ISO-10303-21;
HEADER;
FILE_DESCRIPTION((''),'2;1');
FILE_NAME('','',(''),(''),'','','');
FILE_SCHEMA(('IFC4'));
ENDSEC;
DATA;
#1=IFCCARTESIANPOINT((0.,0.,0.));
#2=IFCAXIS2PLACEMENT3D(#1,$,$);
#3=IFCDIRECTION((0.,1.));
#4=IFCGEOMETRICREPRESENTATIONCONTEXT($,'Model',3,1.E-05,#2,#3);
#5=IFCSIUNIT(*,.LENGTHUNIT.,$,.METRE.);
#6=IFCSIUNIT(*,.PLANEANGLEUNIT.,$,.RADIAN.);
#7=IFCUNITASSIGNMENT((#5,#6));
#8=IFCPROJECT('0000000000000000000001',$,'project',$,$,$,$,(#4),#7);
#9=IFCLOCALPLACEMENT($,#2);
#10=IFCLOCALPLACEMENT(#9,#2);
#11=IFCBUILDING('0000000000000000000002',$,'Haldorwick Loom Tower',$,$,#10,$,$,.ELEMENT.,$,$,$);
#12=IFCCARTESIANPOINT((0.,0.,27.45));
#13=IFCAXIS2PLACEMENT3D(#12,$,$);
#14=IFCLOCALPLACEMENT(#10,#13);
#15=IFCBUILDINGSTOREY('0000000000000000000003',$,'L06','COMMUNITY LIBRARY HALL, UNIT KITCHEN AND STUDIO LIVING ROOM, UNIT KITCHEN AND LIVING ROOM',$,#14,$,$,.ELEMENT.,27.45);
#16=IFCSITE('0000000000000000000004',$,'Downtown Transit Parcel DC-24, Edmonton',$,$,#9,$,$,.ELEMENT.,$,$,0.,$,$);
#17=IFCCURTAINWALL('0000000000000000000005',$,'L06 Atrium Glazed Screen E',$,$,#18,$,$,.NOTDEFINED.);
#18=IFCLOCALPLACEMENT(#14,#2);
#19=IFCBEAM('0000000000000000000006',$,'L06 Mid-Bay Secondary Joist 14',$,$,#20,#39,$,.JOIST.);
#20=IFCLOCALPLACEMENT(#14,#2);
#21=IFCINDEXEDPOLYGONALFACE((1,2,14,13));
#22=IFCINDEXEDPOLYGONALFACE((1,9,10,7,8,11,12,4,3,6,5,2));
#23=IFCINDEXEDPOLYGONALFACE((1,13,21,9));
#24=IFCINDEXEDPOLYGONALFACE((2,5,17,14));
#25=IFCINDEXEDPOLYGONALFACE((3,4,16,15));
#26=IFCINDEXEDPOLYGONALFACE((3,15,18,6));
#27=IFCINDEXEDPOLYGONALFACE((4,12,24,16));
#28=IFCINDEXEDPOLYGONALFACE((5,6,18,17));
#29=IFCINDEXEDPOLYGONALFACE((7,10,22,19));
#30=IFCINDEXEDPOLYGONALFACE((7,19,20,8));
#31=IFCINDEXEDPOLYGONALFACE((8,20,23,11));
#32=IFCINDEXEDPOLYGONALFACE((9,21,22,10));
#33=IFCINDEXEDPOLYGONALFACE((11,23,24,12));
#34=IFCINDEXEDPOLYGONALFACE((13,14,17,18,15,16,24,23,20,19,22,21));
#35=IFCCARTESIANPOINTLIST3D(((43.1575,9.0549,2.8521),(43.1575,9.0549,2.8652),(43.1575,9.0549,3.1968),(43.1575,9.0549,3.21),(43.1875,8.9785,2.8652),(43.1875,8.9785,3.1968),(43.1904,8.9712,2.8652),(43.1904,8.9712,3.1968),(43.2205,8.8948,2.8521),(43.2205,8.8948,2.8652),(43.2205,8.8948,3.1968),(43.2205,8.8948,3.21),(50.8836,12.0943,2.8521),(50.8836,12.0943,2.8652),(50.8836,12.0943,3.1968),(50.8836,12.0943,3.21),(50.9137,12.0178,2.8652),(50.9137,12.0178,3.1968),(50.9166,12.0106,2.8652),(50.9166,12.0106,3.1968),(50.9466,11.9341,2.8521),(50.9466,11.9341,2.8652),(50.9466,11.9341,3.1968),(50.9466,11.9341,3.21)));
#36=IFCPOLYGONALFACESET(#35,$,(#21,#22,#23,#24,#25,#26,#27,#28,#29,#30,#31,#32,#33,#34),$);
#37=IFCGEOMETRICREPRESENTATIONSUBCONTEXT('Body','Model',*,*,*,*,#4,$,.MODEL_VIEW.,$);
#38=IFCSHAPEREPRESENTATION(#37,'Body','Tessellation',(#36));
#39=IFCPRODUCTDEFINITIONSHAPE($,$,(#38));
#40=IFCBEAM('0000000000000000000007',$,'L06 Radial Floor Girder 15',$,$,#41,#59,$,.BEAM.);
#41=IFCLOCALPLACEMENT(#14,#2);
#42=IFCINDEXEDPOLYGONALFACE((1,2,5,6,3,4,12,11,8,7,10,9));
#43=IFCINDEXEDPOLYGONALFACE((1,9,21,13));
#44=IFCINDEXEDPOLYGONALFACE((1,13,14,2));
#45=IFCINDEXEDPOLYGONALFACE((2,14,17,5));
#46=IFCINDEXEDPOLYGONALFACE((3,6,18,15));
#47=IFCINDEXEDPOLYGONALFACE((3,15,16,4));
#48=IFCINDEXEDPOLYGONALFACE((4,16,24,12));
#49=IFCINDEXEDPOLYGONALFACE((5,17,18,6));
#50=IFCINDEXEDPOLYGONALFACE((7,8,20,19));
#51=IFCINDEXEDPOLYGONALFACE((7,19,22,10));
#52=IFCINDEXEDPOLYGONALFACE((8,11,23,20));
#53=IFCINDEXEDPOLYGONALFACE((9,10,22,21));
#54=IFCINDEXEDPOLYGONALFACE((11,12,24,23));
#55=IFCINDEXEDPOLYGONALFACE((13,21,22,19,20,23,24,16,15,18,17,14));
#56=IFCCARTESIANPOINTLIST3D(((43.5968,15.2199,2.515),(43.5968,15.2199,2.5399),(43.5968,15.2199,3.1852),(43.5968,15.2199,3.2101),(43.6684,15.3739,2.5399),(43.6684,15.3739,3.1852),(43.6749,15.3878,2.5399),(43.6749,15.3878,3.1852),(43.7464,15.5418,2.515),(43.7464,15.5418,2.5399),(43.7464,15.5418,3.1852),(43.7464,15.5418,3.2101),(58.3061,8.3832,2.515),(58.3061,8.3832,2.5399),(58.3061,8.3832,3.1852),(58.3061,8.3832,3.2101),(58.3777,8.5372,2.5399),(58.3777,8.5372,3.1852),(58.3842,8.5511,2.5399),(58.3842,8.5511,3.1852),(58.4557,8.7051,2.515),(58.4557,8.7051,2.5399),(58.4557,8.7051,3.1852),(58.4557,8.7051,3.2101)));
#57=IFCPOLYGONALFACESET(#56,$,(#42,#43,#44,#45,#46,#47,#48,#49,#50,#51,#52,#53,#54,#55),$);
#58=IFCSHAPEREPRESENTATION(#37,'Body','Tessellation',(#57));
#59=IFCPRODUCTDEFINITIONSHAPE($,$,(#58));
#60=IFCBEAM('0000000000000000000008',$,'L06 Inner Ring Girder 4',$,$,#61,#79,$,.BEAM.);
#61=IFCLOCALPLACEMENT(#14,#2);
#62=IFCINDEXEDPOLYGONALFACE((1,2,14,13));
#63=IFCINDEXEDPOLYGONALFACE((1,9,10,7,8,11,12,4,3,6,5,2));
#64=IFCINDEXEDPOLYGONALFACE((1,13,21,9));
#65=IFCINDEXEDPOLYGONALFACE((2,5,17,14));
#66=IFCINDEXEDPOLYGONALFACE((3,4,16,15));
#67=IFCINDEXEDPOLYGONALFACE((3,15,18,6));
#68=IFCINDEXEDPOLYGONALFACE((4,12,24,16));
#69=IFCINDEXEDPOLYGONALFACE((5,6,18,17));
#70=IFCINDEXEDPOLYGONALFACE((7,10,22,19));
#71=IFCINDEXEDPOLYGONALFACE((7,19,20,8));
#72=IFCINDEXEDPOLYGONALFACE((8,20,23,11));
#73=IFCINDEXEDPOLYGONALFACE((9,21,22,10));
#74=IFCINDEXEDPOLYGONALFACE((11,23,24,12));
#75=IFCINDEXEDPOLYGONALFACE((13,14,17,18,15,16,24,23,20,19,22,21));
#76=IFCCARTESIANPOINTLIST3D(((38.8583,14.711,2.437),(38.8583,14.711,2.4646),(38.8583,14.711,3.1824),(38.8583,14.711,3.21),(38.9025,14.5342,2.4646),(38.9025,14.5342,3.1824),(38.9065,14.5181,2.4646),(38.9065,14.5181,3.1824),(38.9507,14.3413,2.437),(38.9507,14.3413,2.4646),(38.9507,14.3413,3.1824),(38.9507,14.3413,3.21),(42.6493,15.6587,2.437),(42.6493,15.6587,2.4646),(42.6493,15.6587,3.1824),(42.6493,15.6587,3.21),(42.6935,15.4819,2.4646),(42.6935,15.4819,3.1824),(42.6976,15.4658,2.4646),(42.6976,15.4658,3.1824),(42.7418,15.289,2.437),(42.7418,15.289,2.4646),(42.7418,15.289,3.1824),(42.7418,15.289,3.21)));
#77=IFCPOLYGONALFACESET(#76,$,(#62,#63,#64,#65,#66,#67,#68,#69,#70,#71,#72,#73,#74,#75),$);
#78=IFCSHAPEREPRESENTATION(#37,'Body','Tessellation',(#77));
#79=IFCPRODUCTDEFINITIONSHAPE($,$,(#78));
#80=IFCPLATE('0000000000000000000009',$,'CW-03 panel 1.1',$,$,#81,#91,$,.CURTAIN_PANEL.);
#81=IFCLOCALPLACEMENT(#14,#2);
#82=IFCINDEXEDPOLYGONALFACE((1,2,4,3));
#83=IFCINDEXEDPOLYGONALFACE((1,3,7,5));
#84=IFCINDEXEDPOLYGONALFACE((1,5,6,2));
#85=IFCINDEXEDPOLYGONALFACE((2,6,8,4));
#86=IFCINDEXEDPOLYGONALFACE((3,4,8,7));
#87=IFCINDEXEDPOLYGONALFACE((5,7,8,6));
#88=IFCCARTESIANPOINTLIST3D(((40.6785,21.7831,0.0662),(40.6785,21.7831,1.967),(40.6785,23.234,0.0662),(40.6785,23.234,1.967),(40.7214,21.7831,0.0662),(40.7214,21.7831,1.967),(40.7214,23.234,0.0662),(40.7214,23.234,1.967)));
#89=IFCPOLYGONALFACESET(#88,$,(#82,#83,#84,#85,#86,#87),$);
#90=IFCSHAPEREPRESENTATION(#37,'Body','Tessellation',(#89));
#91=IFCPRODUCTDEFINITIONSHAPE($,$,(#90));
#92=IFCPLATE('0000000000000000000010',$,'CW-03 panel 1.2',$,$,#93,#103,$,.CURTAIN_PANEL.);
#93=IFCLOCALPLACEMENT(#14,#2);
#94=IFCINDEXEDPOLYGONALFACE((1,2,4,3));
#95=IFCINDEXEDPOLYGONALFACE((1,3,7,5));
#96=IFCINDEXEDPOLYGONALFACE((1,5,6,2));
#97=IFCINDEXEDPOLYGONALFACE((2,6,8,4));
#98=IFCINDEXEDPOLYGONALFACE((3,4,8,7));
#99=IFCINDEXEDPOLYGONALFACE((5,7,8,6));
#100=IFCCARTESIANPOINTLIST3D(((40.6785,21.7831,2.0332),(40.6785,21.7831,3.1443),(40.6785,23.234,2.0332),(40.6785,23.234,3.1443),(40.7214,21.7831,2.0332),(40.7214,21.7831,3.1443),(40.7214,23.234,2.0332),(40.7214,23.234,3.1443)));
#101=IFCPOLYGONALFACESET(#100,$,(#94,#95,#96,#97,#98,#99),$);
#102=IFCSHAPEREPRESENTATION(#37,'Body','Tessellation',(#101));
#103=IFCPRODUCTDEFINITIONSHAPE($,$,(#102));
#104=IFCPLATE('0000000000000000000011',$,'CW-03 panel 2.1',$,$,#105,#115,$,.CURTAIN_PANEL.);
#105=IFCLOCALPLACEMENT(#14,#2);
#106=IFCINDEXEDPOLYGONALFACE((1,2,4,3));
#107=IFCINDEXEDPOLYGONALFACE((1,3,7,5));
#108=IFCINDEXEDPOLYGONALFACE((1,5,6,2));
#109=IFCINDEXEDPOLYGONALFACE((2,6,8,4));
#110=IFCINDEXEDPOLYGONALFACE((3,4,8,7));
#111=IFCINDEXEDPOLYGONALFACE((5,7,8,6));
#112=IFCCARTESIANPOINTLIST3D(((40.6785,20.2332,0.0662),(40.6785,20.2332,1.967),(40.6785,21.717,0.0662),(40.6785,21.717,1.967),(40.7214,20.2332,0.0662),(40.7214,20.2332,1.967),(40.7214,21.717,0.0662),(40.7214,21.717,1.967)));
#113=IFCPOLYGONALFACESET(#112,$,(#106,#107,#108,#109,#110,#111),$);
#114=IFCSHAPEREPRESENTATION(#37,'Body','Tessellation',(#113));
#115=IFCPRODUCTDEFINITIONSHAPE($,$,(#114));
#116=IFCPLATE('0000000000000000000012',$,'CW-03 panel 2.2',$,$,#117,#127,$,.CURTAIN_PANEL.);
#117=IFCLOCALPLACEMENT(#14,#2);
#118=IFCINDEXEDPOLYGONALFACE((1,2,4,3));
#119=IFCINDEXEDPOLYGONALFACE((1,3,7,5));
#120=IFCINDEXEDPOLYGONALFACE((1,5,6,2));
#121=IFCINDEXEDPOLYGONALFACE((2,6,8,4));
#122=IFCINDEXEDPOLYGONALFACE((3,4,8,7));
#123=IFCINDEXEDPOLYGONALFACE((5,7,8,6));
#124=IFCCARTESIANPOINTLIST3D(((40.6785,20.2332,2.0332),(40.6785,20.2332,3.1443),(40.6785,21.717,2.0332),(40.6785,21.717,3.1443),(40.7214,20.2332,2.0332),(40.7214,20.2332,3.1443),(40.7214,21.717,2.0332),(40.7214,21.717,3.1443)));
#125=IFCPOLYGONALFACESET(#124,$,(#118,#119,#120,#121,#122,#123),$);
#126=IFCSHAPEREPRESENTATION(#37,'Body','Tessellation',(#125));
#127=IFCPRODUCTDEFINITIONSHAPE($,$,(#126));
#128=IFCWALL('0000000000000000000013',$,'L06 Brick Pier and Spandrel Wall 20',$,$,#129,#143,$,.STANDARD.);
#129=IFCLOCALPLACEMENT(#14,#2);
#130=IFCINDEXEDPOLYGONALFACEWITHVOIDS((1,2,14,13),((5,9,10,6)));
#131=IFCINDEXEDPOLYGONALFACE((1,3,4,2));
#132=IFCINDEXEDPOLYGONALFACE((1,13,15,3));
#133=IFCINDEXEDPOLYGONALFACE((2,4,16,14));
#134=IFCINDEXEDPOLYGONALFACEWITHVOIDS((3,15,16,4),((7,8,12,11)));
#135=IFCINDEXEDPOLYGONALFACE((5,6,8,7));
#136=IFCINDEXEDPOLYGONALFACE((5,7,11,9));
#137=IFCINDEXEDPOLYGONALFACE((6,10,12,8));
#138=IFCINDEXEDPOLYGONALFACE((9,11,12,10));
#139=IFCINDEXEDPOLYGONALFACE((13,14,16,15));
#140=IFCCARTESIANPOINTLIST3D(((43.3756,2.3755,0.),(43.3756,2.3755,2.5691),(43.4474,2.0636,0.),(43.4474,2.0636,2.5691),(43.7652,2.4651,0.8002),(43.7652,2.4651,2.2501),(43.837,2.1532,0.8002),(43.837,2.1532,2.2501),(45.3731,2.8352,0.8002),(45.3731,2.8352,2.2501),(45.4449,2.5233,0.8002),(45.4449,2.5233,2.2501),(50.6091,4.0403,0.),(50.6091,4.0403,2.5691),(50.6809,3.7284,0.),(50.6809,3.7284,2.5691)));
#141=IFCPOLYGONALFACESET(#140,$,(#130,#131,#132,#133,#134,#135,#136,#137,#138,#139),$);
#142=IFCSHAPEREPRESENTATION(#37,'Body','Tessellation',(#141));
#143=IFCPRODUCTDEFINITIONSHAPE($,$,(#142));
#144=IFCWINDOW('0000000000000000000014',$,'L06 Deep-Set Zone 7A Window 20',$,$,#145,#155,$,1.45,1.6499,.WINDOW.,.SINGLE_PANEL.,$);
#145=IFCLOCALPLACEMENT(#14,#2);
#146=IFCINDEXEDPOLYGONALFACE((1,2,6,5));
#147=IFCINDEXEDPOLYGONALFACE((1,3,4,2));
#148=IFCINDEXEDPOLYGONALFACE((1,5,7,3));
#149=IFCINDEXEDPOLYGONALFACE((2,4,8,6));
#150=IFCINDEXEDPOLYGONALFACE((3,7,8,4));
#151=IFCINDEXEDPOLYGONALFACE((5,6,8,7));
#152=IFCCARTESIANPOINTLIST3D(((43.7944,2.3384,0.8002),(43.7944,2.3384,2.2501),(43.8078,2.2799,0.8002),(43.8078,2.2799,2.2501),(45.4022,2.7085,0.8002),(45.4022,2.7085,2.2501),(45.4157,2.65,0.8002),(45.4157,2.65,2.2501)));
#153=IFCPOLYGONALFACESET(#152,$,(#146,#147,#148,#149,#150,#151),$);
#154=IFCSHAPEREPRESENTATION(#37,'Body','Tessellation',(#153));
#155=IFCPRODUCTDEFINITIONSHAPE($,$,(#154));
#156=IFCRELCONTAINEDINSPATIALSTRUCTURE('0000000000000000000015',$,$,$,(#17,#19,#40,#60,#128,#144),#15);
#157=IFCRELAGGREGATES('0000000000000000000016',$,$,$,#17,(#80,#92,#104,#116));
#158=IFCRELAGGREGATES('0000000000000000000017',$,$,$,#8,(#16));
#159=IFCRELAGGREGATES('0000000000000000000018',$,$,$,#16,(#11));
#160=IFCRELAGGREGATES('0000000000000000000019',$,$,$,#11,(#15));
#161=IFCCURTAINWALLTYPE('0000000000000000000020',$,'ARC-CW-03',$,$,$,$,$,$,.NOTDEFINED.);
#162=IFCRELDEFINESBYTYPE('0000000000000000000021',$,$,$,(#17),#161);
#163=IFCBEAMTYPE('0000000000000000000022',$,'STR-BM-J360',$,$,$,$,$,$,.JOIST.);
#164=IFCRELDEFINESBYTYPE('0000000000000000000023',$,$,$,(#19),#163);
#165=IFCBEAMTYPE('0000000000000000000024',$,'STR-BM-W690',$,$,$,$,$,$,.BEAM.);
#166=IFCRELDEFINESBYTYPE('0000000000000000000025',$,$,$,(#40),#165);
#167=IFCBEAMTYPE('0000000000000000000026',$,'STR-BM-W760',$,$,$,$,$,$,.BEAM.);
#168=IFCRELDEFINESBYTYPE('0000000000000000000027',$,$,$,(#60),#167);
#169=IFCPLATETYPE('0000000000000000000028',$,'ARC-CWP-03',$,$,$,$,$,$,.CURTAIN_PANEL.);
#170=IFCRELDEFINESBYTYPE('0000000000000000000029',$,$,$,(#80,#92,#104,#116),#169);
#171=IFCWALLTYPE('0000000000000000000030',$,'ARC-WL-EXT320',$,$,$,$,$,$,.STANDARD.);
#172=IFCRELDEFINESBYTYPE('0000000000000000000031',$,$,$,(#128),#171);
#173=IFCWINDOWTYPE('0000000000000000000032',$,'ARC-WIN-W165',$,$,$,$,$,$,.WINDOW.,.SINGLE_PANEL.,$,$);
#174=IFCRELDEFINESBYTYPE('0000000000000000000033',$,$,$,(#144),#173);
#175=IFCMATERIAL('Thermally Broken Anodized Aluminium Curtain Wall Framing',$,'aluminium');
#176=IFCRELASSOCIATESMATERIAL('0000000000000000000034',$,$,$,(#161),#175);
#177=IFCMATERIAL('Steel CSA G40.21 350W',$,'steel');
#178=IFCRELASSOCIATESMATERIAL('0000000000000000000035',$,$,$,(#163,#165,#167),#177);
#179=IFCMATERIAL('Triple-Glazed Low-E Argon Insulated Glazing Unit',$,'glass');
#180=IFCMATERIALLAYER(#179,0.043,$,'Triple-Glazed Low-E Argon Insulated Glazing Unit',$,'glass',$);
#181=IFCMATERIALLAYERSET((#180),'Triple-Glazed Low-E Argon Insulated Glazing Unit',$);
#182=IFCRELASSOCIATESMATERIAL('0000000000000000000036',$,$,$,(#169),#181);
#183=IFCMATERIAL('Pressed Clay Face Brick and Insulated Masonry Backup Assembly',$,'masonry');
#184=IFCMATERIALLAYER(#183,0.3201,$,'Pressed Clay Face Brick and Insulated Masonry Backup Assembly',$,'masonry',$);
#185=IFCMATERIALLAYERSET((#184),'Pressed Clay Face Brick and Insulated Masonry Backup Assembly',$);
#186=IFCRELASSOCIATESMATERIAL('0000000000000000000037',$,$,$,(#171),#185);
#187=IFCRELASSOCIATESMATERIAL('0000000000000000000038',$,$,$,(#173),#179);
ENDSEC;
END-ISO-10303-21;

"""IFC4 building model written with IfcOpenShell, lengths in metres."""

from ifc_helpers import new_model, si_unit, direction, frame, frame_2d, origin, origin_2d, place, context, subcontext, project, spatial, rectangle, i_section, extrude, material, layer, layer_set, material_profile, profile_set, type_object, element, fill, aggregate, save


model = new_model("IFC4")

# Units and contexts
model_context = context("Model", 3, precision=1e-05, world=origin(), true_north=direction((0.0, 1.0)))
body_context = subcontext(model_context, "Body", "Model", "MODEL_VIEW")
ifc_project = project(units=[si_unit("LENGTHUNIT", "METRE"), si_unit("PLANEANGLEUNIT", "RADIAN")], contexts=[model_context])

# Site, building, storey
site_placement = place(None, origin())
site = spatial("IfcSite", under=ifc_project, at=site_placement, Name="Downtown Transit Parcel DC-24, Edmonton", CompositionType="ELEMENT", RefElevation=0.0)
building_placement = place(site_placement, origin())
building = spatial("IfcBuilding", under=site, at=building_placement, Name="Haldorwick Loom Tower", CompositionType="ELEMENT")
storey_placement = place(building_placement, frame((0.0, 0.0, 27.45)))
storey = spatial("IfcBuildingStorey", under=building, at=storey_placement, Name="L06", Description="COMMUNITY LIBRARY HALL, UNIT KITCHEN AND STUDIO LIVING ROOM, UNIT KITCHEN AND LIVING ROOM", CompositionType="ELEMENT", Elevation=27.45)

# Curtain wall
ifc_material_1 = material(Name="Thermally Broken Anodized Aluminium Curtain Wall Framing", Category="aluminium")
curtain_wall_type = type_object("IfcCurtainWallType", Name="ARC-CW-03", PredefinedType="NOTDEFINED", material=ifc_material_1)
curtain_wall_placement = place(storey_placement, origin())
curtain_wall = element("IfcCurtainWall", 1, at=curtain_wall_placement, inside=storey, type_object=curtain_wall_type, Name="L06 Atrium Glazed Screen E", PredefinedType="NOTDEFINED")

# Beams
ifc_material_2 = material(Name="Steel CSA G40.21 350W", Category="steel")
ifc_material_profile_1 = material_profile(ifc_material_2, i_section(OverallWidth=0.1721, OverallDepth=0.3579, WebThickness=0.0078, FlangeThickness=0.0132, at=origin_2d()), Name="W360X57", Category="steel")
ifc_profile_set_1 = profile_set([ifc_material_profile_1], Name="Steel CSA G40.21 350W")
beam_type_1 = type_object("IfcBeamType", Name="STR-BM-J360", PredefinedType="JOIST", material=ifc_profile_set_1)
beam_1_placement = place(storey_placement, frame((43.189, 8.9749, 3.031), z_axis=(0.930585, 0.366076, 0.0), x_axis=(-0.366076, 0.930585, 0.0)))
element("IfcBeam", 2, at=beam_1_placement, inside=storey, type_object=beam_type_1, Name="L06 Mid-Bay Secondary Joist 14", PredefinedType="JOIST", context=body_context, shape_type="SweptSolid", body=[
    extrude(i_section(OverallWidth=0.1721, OverallDepth=0.3579, WebThickness=0.0078, FlangeThickness=0.0132, at=origin_2d()), origin(), (0.0, 0.0, 1.0), 8.3025),
])
ifc_material_profile_2 = material_profile(ifc_material_2, i_section(OverallWidth=0.355, OverallDepth=0.6951, WebThickness=0.0154, FlangeThickness=0.0249, at=origin_2d()), Name="W690X217", Category="steel")
ifc_profile_set_2 = profile_set([ifc_material_profile_2], Name="Steel CSA G40.21 350W")
beam_type_2 = type_object("IfcBeamType", Name="STR-BM-W690", PredefinedType="BEAM", material=ifc_profile_set_2)
beam_2_placement = place(storey_placement, frame((43.6716, 15.3809, 2.8625), z_axis=(0.906835, -0.421486, 0.0), x_axis=(0.421486, 0.906835, 0.0)))
element("IfcBeam", 3, at=beam_2_placement, inside=storey, type_object=beam_type_2, Name="L06 Radial Floor Girder 15", PredefinedType="BEAM", context=body_context, shape_type="SweptSolid", body=[
    extrude(i_section(OverallWidth=0.355, OverallDepth=0.6951, WebThickness=0.0154, FlangeThickness=0.0249, at=origin_2d()), origin(), (0.0, 0.0, 1.0), 16.2205),
])
ifc_material_profile_3 = material_profile(ifc_material_2, i_section(OverallWidth=0.3811, OverallDepth=0.7729, WebThickness=0.0166, FlangeThickness=0.0276, at=origin_2d()), Name="W760X257", Category="steel")
ifc_profile_set_3 = profile_set([ifc_material_profile_3], Name="Steel CSA G40.21 350W")
beam_type_3 = type_object("IfcBeamType", Name="STR-BM-W760", PredefinedType="BEAM", material=ifc_profile_set_3)
beam_3_placement = place(storey_placement, frame((42.6956, 15.4739, 2.8235), z_axis=(-0.970143, -0.242536, 0.0), x_axis=(0.242536, -0.970143, 0.0)))
element("IfcBeam", 4, at=beam_3_placement, inside=storey, type_object=beam_type_3, Name="L06 Inner Ring Girder 4", PredefinedType="BEAM", context=body_context, shape_type="SweptSolid", body=[
    extrude(i_section(OverallWidth=0.3811, OverallDepth=0.7729, WebThickness=0.0166, FlangeThickness=0.0276, at=origin_2d()), origin(), (0.0, 0.0, 1.0), 3.9077),
])

# Plates
ifc_material_3 = material(Name="Triple-Glazed Low-E Argon Insulated Glazing Unit", Category="glass")
ifc_layer_1 = layer(ifc_material_3, 0.043, Name="Triple-Glazed Low-E Argon Insulated Glazing Unit", Category="glass")
ifc_layer_set_1 = layer_set([ifc_layer_1], Name="Triple-Glazed Low-E Argon Insulated Glazing Unit")
plate_type = type_object("IfcPlateType", Name="ARC-CWP-03", PredefinedType="CURTAIN_PANEL", material=ifc_layer_set_1)
plate_1_placement = place(storey_placement, frame((40.7, 22.5085, 0.0662), z_axis=(0.0, 0.0, 1.0), x_axis=(0.0, -1.0, 0.0)))
plate_1 = element("IfcPlate", 5, at=plate_1_placement, type_object=plate_type, Name="CW-03 panel 1.1", PredefinedType="CURTAIN_PANEL", context=body_context, shape_type="SweptSolid", body=[
    extrude(rectangle(XDim=1.4509, YDim=0.043, at=origin_2d()), origin(), (0.0, 0.0, 1.0), 1.9009),
])
plate_2_placement = place(storey_placement, frame((40.7, 22.5085, 2.0332), z_axis=(0.0, 0.0, 1.0), x_axis=(0.0, -1.0, 0.0)))
plate_2 = element("IfcPlate", 6, at=plate_2_placement, type_object=plate_type, Name="CW-03 panel 1.2", PredefinedType="CURTAIN_PANEL", context=body_context, shape_type="SweptSolid", body=[
    extrude(rectangle(XDim=1.4509, YDim=0.043, at=origin_2d()), origin(), (0.0, 0.0, 1.0), 1.1111),
])
plate_3_placement = place(storey_placement, frame((40.7, 20.9751, 0.0662), z_axis=(0.0, 0.0, 1.0), x_axis=(0.0, -1.0, 0.0)))
plate_3 = element("IfcPlate", 7, at=plate_3_placement, type_object=plate_type, Name="CW-03 panel 2.1", PredefinedType="CURTAIN_PANEL", context=body_context, shape_type="SweptSolid", body=[
    extrude(rectangle(XDim=1.4839, YDim=0.043, at=origin_2d()), origin(), (0.0, 0.0, 1.0), 1.9009),
])
plate_4_placement = place(storey_placement, frame((40.7, 20.9751, 2.0332), z_axis=(0.0, 0.0, 1.0), x_axis=(0.0, -1.0, 0.0)))
plate_4 = element("IfcPlate", 8, at=plate_4_placement, type_object=plate_type, Name="CW-03 panel 2.2", PredefinedType="CURTAIN_PANEL", context=body_context, shape_type="SweptSolid", body=[
    extrude(rectangle(XDim=1.4839, YDim=0.043, at=origin_2d()), origin(), (0.0, 0.0, 1.0), 1.1111),
])
aggregate(curtain_wall, [plate_1, plate_2, plate_3, plate_4])

# Wall, opening, window
ifc_material_4 = material(Name="Pressed Clay Face Brick and Insulated Masonry Backup Assembly", Category="masonry")
ifc_layer_2 = layer(ifc_material_4, 0.3201, Name="Pressed Clay Face Brick and Insulated Masonry Backup Assembly", Category="masonry")
ifc_layer_set_2 = layer_set([ifc_layer_2], Name="Pressed Clay Face Brick and Insulated Masonry Backup Assembly")
wall_type_1 = type_object("IfcWallType", Name="ARC-WL-EXT320", PredefinedType="STANDARD", material=ifc_layer_set_2)
wall_1_placement = place(storey_placement, frame((43.4114, 2.2195, 0.0), z_axis=(0.0, 0.0, 1.0), x_axis=(0.974522, 0.22429, 0.0)))
wall_1 = element("IfcWall", 9, at=wall_1_placement, inside=storey, type_object=wall_type_1, Name="L06 Brick Pier and Spandrel Wall 20", PredefinedType="STANDARD", context=body_context, shape_type="SweptSolid", body=[
    extrude(rectangle(XDim=7.4226, YDim=0.3201, at=frame_2d((3.7114, 0.0))), origin(), (0.0, 0.0, 1.0), 2.5691),
])
opening_1_placement = place(wall_1_placement, frame((0.3999, 0.0, 0.8)))
opening_1 = element("IfcOpeningElement", 10, at=opening_1_placement, cuts=wall_1, PredefinedType="OPENING", context=body_context, shape_type="SweptSolid", body=[
    extrude(rectangle(XDim=1.6499, YDim=1.45, at=frame_2d((0.825, 0.7251))), frame((0.0, 0.1699, 0.0), z_axis=(0.0, -1.0, 0.0), x_axis=(1.0, 0.0, 0.0)), (0.0, 0.0, 1.0), 0.3401),
])
window_type = type_object("IfcWindowType", Name="ARC-WIN-W165", PartitioningType="SINGLE_PANEL", PredefinedType="WINDOW", material=ifc_material_3)
window_placement = place(opening_1_placement, origin())
window = element("IfcWindow", 11, at=window_placement, inside=storey, type_object=window_type, Name="L06 Deep-Set Zone 7A Window 20", OverallHeight=1.45, OverallWidth=1.6499, PartitioningType="SINGLE_PANEL", PredefinedType="WINDOW", context=body_context, shape_type="SweptSolid", body=[
    extrude(rectangle(XDim=1.6499, YDim=1.45, at=frame_2d((0.825, 0.7251))), frame((0.0, 0.03, 0.0), z_axis=(0.0, -1.0, 0.0), x_axis=(1.0, 0.0, 0.0)), (0.0, 0.0, 1.0), 0.0601),
])
fill(opening_1, window)

save(model, "model.ifc")
